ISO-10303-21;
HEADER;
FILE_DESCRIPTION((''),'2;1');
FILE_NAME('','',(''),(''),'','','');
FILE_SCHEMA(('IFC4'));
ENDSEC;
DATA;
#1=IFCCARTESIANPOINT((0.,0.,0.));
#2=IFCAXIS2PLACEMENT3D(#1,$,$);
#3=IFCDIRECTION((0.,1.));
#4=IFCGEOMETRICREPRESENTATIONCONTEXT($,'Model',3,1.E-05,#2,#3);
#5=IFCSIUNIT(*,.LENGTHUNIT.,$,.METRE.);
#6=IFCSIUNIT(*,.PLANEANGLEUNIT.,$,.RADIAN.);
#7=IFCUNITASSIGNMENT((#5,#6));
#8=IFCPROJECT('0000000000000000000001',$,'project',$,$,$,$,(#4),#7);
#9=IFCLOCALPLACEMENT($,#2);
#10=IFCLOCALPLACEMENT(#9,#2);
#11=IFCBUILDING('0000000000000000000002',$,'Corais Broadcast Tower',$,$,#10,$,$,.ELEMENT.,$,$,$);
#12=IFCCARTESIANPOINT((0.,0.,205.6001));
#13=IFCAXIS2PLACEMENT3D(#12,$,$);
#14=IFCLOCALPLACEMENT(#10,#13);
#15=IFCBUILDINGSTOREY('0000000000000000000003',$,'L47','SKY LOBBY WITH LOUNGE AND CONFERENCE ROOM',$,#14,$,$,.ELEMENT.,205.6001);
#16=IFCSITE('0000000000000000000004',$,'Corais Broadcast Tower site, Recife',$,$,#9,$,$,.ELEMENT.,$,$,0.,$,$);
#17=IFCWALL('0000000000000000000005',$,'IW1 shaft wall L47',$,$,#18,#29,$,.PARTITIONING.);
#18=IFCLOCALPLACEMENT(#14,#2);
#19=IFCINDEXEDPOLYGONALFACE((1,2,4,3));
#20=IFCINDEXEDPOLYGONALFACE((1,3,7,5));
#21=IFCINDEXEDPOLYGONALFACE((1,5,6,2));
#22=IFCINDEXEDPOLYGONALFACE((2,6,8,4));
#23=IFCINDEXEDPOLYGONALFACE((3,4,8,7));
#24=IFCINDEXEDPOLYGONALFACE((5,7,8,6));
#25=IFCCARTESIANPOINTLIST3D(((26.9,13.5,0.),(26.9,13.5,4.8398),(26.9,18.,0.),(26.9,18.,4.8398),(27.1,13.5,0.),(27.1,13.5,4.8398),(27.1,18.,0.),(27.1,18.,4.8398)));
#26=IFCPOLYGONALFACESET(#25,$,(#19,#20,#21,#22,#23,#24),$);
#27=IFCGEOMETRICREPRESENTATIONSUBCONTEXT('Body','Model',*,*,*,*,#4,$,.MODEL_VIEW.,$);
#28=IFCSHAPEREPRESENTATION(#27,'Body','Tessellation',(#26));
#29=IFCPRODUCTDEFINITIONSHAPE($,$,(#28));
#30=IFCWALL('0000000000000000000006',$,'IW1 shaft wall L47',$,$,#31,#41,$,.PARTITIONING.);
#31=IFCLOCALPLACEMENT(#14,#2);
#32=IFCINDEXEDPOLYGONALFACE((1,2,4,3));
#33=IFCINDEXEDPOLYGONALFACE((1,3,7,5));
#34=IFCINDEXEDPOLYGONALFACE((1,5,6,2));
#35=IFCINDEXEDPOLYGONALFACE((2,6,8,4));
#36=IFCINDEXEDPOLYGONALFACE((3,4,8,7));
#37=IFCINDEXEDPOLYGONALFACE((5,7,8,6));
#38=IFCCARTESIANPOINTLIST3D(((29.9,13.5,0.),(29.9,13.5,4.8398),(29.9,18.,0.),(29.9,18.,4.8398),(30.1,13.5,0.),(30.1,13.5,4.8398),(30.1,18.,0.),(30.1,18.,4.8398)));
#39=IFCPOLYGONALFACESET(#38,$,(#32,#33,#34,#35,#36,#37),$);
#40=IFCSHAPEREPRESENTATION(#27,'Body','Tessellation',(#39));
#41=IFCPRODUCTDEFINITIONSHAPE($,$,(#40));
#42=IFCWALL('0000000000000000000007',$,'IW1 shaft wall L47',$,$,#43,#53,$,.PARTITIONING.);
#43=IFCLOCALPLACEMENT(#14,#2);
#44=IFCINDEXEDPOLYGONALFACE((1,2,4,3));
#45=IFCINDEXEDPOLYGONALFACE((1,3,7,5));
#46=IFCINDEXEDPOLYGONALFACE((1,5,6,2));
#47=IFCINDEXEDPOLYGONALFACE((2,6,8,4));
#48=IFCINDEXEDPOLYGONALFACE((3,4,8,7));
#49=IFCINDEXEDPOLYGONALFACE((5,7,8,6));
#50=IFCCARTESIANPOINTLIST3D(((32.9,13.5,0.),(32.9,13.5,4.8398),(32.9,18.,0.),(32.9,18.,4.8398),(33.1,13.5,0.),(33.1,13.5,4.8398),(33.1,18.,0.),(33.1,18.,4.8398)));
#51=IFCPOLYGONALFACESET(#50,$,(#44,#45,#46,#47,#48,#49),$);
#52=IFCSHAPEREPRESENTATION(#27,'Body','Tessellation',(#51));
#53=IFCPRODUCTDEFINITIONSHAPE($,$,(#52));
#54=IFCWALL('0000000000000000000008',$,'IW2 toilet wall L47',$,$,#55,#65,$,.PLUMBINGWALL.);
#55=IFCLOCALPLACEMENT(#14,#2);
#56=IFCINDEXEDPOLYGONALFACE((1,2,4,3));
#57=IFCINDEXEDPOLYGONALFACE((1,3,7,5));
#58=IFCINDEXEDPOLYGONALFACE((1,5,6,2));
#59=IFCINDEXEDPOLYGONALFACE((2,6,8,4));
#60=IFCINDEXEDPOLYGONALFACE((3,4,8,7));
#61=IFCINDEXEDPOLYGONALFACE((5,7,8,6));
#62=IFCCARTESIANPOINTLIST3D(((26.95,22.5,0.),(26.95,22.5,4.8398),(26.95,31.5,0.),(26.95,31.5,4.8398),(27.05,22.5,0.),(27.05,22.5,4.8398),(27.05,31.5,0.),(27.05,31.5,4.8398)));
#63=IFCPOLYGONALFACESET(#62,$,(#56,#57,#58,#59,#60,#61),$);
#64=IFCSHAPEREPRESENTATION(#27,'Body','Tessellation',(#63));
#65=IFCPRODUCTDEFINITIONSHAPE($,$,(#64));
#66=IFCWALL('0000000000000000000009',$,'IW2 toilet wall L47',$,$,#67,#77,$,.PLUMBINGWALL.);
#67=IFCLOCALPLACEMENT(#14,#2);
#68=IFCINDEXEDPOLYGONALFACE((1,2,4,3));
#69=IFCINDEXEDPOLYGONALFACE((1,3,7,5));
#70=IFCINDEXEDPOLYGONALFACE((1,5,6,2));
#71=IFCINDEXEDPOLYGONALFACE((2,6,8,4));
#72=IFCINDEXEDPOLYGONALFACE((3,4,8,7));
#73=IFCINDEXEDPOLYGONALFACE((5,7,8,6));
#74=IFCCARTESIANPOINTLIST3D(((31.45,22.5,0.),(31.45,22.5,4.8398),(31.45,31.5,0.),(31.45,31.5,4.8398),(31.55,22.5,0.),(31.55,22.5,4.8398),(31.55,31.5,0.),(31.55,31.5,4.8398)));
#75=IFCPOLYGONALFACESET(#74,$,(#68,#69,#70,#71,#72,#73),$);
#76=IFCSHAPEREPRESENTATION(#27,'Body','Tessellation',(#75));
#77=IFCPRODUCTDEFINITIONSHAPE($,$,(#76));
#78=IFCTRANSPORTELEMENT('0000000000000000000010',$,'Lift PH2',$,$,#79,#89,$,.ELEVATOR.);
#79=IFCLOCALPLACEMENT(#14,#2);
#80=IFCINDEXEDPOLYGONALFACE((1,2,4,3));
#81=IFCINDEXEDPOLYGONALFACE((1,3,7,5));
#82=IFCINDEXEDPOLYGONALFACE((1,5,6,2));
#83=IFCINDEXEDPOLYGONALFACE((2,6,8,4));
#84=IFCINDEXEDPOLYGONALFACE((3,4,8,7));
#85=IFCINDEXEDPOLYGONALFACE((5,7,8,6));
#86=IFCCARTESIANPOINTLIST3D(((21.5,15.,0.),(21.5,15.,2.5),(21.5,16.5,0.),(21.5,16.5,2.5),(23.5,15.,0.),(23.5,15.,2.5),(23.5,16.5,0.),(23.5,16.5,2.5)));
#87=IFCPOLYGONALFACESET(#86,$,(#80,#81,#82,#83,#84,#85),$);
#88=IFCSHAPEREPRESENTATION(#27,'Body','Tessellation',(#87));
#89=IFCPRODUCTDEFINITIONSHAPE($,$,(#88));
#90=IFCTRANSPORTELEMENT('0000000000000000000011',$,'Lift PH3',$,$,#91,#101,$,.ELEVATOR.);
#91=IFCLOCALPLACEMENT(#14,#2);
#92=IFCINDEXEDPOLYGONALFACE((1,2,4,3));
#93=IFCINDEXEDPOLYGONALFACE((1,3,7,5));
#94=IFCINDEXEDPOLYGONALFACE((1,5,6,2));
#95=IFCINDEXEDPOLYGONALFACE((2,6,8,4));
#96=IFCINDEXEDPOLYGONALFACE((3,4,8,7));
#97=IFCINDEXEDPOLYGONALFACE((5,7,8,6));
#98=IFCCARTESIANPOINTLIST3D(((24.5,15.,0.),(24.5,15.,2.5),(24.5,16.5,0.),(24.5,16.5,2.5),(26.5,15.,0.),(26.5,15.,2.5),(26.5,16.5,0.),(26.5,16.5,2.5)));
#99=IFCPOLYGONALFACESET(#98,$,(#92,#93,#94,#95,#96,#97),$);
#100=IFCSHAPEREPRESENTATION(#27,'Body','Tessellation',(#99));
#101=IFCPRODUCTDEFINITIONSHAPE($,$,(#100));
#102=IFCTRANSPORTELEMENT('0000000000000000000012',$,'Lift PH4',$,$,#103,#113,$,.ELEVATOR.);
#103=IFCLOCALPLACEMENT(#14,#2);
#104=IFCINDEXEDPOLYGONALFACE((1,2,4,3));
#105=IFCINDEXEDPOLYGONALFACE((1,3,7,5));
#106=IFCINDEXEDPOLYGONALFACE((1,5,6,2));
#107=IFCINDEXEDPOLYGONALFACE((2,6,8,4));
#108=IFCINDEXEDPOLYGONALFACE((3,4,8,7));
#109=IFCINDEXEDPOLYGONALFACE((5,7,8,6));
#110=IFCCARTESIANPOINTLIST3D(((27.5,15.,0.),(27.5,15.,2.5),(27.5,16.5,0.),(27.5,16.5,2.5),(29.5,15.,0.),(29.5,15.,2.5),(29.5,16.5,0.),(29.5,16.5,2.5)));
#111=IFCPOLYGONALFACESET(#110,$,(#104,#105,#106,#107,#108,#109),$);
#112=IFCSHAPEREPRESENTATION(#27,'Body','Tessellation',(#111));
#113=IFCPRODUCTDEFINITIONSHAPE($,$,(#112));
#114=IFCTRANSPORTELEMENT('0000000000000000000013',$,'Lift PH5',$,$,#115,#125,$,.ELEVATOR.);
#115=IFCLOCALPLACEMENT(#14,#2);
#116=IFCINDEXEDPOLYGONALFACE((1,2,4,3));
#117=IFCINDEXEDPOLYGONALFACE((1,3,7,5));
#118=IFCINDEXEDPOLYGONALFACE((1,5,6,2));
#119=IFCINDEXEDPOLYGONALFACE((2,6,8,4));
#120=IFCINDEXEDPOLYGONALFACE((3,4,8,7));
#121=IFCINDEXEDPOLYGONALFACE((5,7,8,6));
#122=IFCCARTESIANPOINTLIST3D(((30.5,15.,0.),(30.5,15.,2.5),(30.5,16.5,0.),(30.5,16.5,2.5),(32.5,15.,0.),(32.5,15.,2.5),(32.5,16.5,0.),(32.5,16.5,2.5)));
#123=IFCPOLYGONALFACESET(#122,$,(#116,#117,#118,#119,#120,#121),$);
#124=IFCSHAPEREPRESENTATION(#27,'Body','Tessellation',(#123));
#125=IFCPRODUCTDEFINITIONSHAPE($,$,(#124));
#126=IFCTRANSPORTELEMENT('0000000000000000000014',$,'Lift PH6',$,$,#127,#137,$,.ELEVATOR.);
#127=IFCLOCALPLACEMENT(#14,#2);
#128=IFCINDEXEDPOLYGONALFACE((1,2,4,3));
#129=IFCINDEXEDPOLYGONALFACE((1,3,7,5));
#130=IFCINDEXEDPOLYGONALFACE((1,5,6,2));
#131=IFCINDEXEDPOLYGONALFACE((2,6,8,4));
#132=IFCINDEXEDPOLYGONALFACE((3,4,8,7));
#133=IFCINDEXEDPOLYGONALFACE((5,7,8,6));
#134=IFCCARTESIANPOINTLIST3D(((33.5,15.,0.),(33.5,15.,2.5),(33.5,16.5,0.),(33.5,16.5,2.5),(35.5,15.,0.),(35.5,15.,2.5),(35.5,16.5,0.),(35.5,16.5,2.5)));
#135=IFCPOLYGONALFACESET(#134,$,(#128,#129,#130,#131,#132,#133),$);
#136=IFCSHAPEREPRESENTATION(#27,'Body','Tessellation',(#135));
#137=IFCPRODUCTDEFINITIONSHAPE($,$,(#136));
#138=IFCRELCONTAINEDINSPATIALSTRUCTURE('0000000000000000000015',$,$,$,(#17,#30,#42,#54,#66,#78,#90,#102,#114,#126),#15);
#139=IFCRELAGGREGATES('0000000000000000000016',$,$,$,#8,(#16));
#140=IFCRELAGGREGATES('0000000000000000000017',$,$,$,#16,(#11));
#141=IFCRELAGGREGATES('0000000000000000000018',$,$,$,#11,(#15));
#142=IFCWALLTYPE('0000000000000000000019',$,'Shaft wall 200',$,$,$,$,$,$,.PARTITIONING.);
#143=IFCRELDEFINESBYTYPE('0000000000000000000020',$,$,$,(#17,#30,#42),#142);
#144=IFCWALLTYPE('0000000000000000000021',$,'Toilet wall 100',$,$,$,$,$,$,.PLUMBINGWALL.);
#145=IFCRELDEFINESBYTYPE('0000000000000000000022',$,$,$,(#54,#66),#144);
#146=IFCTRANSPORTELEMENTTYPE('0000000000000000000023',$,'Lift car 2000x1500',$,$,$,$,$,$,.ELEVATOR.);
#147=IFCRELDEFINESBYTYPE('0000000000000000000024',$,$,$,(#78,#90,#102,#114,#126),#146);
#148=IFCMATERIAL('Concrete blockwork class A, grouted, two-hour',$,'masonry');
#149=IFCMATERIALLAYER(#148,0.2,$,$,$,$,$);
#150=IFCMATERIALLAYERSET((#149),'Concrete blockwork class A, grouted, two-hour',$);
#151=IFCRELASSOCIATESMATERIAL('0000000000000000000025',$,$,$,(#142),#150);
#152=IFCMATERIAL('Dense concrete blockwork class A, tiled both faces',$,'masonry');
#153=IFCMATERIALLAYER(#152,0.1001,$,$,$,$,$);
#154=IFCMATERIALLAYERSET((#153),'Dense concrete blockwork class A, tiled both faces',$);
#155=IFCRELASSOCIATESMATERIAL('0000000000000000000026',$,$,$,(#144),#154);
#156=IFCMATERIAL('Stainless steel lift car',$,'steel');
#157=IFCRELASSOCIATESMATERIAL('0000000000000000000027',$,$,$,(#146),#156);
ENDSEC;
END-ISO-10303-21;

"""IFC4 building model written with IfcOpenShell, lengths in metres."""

from ifc_helpers import new_model, si_unit, direction, frame, frame_2d, origin, origin_2d, place, context, subcontext, project, spatial, rectangle, extrude, material, layer, layer_set, type_object, element, save


model = new_model("IFC4")

# Units and contexts
model_context = context("Model", 3, precision=1e-05, world=origin(), true_north=direction((0.0, 1.0)))
body_context = subcontext(model_context, "Body", "Model", "MODEL_VIEW")
ifc_project = project(units=[si_unit("LENGTHUNIT", "METRE"), si_unit("PLANEANGLEUNIT", "RADIAN")], contexts=[model_context])

# Site, building, storey
site_placement = place(None, origin())
site = spatial("IfcSite", under=ifc_project, at=site_placement, Name="Corais Broadcast Tower site, Recife", CompositionType="ELEMENT", RefElevation=0.0)
building_placement = place(site_placement, origin())
building = spatial("IfcBuilding", under=site, at=building_placement, Name="Corais Broadcast Tower", CompositionType="ELEMENT")
storey_placement = place(building_placement, frame((0.0, 0.0, 205.6001)))
storey = spatial("IfcBuildingStorey", under=building, at=storey_placement, Name="L47", Description="SKY LOBBY WITH LOUNGE AND CONFERENCE ROOM", CompositionType="ELEMENT", Elevation=205.6001)

# Walls
ifc_material_1 = material(Name="Concrete blockwork class A, grouted, two-hour", Category="masonry")
ifc_layer_1 = layer(ifc_material_1, 0.2)
ifc_layer_set_1 = layer_set([ifc_layer_1], Name="Concrete blockwork class A, grouted, two-hour")
wall_type_1 = type_object("IfcWallType", Name="Shaft wall 200", PredefinedType="PARTITIONING", material=ifc_layer_set_1)
for number, where, z_axis, x_axis, name in (
    (1, (27.0, 13.5, 0.0), (0.0, 0.0, 1.0), (0.0, 1.0, 0.0), "IW1 shaft wall L47"),
    (2, (30.0, 13.5, 0.0), (0.0, 0.0, 1.0), (0.0, 1.0, 0.0), "IW1 shaft wall L47"),
    (3, (33.0, 13.5, 0.0), (0.0, 0.0, 1.0), (0.0, 1.0, 0.0), "IW1 shaft wall L47"),
):
    element("IfcWall", number, at=place(storey_placement, frame(where, z_axis=z_axis, x_axis=x_axis)), inside=storey, type_object=wall_type_1, Name=name, PredefinedType="PARTITIONING", context=body_context, shape_type="SweptSolid", body=[
        extrude(rectangle(XDim=4.5, YDim=0.2, at=frame_2d((2.25, 0.0))), origin(), (0.0, 0.0, 1.0), 4.8398),
    ])
ifc_material_2 = material(Name="Dense concrete blockwork class A, tiled both faces", Category="masonry")
ifc_layer_2 = layer(ifc_material_2, 0.1001)
ifc_layer_set_2 = layer_set([ifc_layer_2], Name="Dense concrete blockwork class A, tiled both faces")
wall_type_2 = type_object("IfcWallType", Name="Toilet wall 100", PredefinedType="PLUMBINGWALL", material=ifc_layer_set_2)
for number, where, z_axis, x_axis, name in (
    (4, (27.0, 22.5, 0.0), (0.0, 0.0, 1.0), (0.0, 1.0, 0.0), "IW2 toilet wall L47"),
    (5, (31.5, 22.5, 0.0), (0.0, 0.0, 1.0), (0.0, 1.0, 0.0), "IW2 toilet wall L47"),
):
    element("IfcWall", number, at=place(storey_placement, frame(where, z_axis=z_axis, x_axis=x_axis)), inside=storey, type_object=wall_type_2, Name=name, PredefinedType="PLUMBINGWALL", context=body_context, shape_type="SweptSolid", body=[
        extrude(rectangle(XDim=9.0, YDim=0.1001, at=frame_2d((4.5, 0.0))), origin(), (0.0, 0.0, 1.0), 4.8398),
    ])

# Transport elements
ifc_material_3 = material(Name="Stainless steel lift car", Category="steel")
transport_element_type = type_object("IfcTransportElementType", Name="Lift car 2000x1500", PredefinedType="ELEVATOR", material=ifc_material_3)
for number, where, z_axis, x_axis, name in (
    (6, (22.5, 15.75, 0.0), (0.0, 0.0, 1.0), (1.0, 0.0, 0.0), "Lift PH2"),
    (7, (25.5, 15.75, 0.0), (0.0, 0.0, 1.0), (1.0, 0.0, 0.0), "Lift PH3"),
    (8, (28.5, 15.75, 0.0), (0.0, 0.0, 1.0), (1.0, 0.0, 0.0), "Lift PH4"),
    (9, (31.5, 15.75, 0.0), (0.0, 0.0, 1.0), (1.0, 0.0, 0.0), "Lift PH5"),
    (10, (34.5, 15.75, 0.0), (0.0, 0.0, 1.0), (1.0, 0.0, 0.0), "Lift PH6"),
):
    element("IfcTransportElement", number, at=place(storey_placement, frame(where, z_axis=z_axis, x_axis=x_axis)), inside=storey, type_object=transport_element_type, Name=name, PredefinedType="ELEVATOR", context=body_context, shape_type="SweptSolid", body=[
        extrude(rectangle(XDim=2.0, YDim=1.5, at=origin_2d()), origin(), (0.0, 0.0, 1.0), 2.5),
    ])

save(model, "model.ifc")
